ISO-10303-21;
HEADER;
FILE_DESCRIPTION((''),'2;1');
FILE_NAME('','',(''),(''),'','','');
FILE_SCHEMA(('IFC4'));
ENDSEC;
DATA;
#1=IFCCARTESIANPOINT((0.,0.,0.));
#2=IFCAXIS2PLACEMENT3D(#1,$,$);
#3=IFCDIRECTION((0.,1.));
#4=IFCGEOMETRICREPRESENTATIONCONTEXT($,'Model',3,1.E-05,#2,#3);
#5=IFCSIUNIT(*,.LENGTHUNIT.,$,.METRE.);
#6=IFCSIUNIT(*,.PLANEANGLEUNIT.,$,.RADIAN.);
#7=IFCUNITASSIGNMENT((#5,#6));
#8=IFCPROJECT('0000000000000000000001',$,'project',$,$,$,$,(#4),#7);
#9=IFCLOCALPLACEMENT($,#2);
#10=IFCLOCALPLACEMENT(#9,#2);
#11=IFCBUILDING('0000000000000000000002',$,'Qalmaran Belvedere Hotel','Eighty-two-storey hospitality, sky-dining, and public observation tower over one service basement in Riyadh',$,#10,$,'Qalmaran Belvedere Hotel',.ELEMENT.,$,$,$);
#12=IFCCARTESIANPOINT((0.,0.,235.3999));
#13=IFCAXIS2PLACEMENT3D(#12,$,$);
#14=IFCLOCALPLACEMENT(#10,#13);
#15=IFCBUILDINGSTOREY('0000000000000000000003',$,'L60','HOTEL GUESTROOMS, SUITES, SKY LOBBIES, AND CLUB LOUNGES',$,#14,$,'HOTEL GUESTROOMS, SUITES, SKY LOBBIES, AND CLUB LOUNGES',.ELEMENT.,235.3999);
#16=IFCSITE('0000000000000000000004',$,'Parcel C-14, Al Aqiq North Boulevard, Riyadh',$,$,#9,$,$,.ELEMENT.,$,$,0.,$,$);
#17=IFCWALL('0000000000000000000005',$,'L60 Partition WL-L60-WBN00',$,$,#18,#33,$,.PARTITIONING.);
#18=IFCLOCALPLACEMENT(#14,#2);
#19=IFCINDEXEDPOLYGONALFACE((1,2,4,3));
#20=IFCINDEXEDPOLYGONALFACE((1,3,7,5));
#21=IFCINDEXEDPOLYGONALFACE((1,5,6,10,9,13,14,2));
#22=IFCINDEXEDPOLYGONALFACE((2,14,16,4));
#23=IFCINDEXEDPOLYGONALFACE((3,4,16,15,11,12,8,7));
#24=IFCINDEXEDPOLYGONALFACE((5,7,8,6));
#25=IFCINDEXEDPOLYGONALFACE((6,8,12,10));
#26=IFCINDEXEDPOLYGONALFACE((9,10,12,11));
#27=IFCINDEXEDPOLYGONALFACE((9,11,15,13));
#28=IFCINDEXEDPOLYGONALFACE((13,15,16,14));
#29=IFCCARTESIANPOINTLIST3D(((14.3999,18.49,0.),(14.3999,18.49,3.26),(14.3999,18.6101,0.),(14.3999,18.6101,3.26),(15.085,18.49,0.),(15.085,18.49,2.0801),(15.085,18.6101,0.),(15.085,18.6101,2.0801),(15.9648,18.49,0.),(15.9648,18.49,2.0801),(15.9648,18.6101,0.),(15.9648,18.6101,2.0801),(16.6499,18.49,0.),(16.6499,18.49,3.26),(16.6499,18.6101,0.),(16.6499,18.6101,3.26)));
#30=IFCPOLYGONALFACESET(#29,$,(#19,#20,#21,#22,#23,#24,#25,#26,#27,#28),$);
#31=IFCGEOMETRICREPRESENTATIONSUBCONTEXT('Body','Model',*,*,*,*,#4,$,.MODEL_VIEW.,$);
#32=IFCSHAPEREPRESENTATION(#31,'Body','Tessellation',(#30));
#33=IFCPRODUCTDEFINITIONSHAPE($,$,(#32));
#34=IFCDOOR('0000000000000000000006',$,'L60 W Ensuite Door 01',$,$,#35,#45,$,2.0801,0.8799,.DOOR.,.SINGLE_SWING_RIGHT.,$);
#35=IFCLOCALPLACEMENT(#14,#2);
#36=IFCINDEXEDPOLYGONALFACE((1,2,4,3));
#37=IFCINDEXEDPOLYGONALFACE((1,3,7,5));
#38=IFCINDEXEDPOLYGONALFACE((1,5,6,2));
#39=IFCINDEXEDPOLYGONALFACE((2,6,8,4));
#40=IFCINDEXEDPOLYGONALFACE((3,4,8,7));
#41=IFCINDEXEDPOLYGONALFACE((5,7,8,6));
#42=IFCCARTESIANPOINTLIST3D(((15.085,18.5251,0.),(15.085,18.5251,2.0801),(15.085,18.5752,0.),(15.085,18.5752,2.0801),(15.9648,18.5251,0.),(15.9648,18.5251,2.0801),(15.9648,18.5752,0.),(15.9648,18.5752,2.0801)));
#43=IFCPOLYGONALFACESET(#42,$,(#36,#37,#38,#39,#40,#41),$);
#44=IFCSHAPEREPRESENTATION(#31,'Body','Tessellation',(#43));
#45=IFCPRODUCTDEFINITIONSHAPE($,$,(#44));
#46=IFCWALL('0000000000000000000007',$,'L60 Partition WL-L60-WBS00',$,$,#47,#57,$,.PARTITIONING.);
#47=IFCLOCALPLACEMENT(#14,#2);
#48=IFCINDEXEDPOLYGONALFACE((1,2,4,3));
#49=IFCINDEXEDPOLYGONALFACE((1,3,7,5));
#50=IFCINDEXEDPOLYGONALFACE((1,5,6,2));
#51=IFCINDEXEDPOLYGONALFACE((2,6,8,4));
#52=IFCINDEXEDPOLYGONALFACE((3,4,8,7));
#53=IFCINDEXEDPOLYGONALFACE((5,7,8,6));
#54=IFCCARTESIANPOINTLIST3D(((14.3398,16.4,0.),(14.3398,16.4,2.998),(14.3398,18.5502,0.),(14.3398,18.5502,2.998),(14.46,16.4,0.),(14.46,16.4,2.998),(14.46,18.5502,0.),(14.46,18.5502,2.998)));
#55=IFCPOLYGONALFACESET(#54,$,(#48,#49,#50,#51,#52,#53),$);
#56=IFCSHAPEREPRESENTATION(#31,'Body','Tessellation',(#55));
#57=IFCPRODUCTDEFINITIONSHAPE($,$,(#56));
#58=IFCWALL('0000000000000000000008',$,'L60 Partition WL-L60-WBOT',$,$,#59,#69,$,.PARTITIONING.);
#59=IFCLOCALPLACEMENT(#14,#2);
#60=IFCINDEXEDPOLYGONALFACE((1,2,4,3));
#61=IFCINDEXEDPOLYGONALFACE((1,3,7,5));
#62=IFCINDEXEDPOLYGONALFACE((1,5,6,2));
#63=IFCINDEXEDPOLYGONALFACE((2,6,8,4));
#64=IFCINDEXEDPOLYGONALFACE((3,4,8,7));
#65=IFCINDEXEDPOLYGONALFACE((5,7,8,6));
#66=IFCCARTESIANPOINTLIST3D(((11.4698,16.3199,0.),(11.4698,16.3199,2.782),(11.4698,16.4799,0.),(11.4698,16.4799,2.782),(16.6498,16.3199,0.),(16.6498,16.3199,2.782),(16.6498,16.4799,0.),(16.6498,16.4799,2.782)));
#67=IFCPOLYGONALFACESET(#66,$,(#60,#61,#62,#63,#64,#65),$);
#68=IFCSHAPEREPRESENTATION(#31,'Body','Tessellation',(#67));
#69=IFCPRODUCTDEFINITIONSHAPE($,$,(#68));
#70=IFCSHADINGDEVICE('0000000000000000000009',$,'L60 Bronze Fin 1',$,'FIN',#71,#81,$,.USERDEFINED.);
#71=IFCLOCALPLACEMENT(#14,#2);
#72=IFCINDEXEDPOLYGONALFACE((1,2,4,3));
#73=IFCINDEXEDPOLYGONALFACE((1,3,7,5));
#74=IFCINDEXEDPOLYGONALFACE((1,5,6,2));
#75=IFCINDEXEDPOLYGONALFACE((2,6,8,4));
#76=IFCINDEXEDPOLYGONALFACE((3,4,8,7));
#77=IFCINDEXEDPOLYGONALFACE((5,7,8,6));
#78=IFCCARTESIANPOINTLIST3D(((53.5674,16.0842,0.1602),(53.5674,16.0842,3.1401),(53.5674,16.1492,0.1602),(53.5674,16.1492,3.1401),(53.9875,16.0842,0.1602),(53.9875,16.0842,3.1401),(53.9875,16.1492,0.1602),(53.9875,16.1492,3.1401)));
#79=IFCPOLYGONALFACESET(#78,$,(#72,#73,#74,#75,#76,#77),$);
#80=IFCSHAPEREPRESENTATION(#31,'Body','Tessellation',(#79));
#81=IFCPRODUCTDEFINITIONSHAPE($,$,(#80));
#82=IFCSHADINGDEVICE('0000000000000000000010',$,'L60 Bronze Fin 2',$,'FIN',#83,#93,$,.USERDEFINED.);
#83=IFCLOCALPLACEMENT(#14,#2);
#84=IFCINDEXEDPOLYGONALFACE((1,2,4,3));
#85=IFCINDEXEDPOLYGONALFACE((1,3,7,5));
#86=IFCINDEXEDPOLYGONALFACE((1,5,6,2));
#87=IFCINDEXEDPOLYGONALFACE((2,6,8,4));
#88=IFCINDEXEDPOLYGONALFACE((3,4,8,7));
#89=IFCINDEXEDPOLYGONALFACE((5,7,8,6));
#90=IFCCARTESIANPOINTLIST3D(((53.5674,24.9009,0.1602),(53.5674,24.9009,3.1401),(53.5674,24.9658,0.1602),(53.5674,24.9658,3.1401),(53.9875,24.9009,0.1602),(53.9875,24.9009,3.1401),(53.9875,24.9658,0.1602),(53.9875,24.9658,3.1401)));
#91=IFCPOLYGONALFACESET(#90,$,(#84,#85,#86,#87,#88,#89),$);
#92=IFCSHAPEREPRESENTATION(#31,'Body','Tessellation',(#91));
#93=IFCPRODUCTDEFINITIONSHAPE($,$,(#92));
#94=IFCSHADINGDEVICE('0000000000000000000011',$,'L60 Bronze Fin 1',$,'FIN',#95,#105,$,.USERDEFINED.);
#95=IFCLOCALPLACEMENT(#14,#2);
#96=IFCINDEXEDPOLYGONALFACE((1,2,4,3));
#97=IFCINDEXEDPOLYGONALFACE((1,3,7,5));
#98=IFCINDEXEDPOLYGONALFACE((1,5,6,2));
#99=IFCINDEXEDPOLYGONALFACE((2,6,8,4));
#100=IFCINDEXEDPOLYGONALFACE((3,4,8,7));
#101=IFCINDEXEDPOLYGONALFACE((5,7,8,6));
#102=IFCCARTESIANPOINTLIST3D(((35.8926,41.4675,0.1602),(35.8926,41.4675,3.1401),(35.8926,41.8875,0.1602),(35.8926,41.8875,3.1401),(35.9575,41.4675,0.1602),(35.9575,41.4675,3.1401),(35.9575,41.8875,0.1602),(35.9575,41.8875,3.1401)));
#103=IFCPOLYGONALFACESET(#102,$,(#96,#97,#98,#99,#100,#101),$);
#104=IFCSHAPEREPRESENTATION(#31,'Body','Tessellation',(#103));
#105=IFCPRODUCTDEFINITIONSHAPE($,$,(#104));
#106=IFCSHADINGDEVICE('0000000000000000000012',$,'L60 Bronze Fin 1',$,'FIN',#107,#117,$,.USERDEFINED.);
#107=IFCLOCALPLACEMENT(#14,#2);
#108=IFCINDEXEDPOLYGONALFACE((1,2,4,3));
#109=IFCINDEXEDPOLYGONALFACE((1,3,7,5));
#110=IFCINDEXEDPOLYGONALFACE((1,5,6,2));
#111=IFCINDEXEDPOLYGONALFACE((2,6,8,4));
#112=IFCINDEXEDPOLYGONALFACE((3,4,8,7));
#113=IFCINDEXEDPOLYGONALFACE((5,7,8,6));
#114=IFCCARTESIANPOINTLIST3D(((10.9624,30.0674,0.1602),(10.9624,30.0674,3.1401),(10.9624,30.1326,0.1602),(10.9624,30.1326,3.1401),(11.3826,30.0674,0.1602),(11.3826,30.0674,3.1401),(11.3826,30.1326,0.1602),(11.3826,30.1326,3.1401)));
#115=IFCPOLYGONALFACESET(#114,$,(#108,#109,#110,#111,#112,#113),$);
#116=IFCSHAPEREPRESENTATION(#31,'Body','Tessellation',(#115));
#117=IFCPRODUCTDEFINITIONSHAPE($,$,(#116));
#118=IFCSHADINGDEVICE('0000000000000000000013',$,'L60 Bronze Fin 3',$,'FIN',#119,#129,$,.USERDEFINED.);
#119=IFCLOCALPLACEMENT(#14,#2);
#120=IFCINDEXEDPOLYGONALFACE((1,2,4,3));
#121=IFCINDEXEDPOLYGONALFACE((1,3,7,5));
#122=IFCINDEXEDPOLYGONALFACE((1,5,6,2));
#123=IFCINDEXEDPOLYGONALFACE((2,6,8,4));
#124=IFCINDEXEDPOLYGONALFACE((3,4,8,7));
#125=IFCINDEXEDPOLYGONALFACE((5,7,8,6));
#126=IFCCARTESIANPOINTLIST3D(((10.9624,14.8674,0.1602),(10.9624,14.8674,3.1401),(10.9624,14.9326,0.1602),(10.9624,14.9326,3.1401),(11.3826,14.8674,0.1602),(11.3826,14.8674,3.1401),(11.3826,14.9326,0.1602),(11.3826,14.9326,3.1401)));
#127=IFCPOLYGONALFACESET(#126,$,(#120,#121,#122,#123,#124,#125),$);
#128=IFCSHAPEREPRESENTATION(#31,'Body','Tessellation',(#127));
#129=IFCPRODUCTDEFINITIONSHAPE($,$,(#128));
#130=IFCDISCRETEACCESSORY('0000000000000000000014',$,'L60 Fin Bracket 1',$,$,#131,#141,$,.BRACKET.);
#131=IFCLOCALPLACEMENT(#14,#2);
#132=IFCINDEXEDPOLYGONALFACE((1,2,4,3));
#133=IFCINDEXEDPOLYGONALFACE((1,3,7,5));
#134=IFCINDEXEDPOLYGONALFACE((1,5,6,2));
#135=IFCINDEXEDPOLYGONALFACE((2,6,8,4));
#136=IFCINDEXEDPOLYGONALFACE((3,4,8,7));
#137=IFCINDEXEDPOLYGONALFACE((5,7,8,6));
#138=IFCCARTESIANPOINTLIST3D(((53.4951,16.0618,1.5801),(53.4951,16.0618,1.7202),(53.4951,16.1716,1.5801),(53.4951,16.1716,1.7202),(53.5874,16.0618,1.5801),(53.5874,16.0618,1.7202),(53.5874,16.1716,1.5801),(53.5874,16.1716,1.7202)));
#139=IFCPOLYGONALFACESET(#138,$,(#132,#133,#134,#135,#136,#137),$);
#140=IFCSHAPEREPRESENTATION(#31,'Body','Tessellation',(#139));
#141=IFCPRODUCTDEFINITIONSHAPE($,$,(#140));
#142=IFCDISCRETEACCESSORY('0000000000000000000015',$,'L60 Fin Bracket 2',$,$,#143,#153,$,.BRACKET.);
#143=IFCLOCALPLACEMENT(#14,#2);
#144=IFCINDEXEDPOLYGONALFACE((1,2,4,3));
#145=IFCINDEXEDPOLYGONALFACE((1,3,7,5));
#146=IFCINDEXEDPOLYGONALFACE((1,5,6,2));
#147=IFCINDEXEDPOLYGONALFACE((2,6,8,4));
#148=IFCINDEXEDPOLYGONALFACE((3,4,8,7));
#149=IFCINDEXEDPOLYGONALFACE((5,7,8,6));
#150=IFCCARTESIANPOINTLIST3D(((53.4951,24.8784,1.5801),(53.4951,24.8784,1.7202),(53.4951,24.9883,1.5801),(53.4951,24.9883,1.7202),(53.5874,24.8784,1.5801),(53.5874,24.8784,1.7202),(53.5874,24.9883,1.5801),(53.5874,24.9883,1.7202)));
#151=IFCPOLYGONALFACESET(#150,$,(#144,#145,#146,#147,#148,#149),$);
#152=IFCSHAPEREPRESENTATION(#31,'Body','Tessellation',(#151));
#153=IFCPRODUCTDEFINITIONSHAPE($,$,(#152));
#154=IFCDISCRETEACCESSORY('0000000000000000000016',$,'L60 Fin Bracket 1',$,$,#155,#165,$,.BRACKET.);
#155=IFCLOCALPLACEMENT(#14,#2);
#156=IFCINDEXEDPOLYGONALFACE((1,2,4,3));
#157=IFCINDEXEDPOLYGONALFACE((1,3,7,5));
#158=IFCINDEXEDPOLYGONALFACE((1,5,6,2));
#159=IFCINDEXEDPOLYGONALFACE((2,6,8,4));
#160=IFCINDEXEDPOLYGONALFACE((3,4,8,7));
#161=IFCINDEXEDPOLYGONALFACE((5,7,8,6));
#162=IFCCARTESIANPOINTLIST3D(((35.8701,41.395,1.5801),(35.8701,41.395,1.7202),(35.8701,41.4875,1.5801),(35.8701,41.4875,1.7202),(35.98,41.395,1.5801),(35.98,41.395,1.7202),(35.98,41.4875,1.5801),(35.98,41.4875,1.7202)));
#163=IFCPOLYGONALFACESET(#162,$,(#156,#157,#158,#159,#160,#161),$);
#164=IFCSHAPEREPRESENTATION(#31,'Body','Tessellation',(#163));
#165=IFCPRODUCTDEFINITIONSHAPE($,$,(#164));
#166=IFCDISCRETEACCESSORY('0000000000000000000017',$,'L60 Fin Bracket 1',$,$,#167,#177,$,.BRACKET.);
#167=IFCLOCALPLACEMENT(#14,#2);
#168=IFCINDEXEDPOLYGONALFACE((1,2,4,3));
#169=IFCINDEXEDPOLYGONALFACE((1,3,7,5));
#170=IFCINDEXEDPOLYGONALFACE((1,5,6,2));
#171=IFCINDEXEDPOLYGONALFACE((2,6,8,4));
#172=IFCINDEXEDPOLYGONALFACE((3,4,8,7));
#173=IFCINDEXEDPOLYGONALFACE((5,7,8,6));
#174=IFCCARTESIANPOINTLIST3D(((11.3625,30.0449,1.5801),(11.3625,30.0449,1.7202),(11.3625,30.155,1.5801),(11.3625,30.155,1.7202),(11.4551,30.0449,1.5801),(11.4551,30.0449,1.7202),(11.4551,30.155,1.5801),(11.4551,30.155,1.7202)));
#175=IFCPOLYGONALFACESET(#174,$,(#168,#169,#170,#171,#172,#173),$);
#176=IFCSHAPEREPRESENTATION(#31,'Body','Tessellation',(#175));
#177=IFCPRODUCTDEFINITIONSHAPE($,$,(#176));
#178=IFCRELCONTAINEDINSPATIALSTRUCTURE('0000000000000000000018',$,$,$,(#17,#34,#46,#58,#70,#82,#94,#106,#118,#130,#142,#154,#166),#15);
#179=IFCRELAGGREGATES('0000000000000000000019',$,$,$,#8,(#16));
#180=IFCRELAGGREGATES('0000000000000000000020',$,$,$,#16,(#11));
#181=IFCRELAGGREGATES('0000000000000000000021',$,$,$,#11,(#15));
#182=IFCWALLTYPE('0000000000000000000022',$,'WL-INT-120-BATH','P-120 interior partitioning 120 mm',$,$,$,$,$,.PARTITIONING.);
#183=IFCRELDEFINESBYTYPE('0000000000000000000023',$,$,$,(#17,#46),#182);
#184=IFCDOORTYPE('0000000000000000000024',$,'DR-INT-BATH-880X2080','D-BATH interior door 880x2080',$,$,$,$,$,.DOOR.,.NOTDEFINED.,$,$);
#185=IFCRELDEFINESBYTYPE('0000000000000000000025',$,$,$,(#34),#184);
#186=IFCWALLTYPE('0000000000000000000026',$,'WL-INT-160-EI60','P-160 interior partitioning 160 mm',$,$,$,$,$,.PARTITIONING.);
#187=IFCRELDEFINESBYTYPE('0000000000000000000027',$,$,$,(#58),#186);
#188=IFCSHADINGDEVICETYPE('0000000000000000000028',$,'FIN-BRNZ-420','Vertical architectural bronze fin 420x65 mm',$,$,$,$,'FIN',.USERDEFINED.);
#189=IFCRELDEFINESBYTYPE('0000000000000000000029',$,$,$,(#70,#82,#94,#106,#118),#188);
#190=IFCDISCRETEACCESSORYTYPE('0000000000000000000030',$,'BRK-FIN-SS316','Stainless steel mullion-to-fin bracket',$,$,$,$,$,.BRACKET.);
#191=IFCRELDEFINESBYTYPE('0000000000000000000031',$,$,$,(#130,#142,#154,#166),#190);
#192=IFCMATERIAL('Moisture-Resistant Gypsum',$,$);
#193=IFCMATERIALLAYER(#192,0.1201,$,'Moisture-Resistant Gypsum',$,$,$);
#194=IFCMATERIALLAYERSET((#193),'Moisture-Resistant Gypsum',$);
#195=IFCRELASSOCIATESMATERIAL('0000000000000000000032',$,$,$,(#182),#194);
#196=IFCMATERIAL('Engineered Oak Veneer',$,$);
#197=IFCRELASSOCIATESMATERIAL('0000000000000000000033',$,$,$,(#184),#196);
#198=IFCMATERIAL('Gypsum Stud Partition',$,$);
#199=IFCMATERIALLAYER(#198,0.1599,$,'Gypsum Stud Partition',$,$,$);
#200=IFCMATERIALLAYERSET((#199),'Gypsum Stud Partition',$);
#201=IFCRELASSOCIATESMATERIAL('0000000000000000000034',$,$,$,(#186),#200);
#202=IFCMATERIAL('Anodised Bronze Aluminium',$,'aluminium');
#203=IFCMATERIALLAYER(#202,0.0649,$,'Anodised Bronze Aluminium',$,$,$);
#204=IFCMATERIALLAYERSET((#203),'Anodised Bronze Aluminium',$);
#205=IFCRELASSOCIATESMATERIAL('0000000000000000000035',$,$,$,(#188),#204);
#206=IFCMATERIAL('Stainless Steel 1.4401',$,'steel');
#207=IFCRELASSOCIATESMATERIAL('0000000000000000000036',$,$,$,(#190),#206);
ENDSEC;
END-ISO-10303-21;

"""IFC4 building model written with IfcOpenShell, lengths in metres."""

from ifc_helpers import new_model, si_unit, direction, frame, frame_2d, origin, place, context, subcontext, project, spatial, polyline, rectangle, outline, extrude, material, layer, layer_set, type_object, element, fill, save


model = new_model("IFC4")

# Units and contexts
model_context = context("Model", 3, precision=1e-05, world=origin(), true_north=direction((0.0, 1.0)))
body_context = subcontext(model_context, "Body", "Model", "MODEL_VIEW")
ifc_project = project(units=[si_unit("LENGTHUNIT", "METRE"), si_unit("PLANEANGLEUNIT", "RADIAN")], contexts=[model_context])

# Site, building, storey
site_placement = place(None, origin())
site = spatial("IfcSite", under=ifc_project, at=site_placement, Name="Parcel C-14, Al Aqiq North Boulevard, Riyadh", CompositionType="ELEMENT", RefElevation=0.0)
building_placement = place(site_placement, origin())
building = spatial("IfcBuilding", under=site, at=building_placement, Name="Qalmaran Belvedere Hotel", Description="Eighty-two-storey hospitality, sky-dining, and public observation tower over one service basement in Riyadh", LongName="Qalmaran Belvedere Hotel", CompositionType="ELEMENT")
storey_placement = place(building_placement, frame((0.0, 0.0, 235.3999)))
storey = spatial("IfcBuildingStorey", under=building, at=storey_placement, Name="L60", Description="HOTEL GUESTROOMS, SUITES, SKY LOBBIES, AND CLUB LOUNGES", LongName="HOTEL GUESTROOMS, SUITES, SKY LOBBIES, AND CLUB LOUNGES", CompositionType="ELEMENT", Elevation=235.3999)

# Shared definitions
ifc_material_1 = material(Name="Anodised Bronze Aluminium", Category="aluminium")

# Wall, opening, door
ifc_material_2 = material(Name="Moisture-Resistant Gypsum")
ifc_layer_1 = layer(ifc_material_2, 0.1201, Name="Moisture-Resistant Gypsum")
ifc_layer_set_1 = layer_set([ifc_layer_1], Name="Moisture-Resistant Gypsum")
wall_type_1 = type_object("IfcWallType", Name="WL-INT-120-BATH", Description="P-120 interior partitioning 120 mm", PredefinedType="PARTITIONING", material=ifc_layer_set_1)
wall_1_placement = place(storey_placement, frame((14.3999, 18.55, 0.0), z_axis=(0.0, 0.0, 1.0), x_axis=(1.0, 0.0, 0.0)))
wall_1 = element("IfcWall", 1, at=wall_1_placement, inside=storey, type_object=wall_type_1, Name="L60 Partition WL-L60-WBN00", PredefinedType="PARTITIONING", context=body_context, shape_type="SweptSolid", body=[
    extrude(rectangle(XDim=2.25, YDim=0.1201, at=frame_2d((1.125, 0.0))), origin(), (0.0, 0.0, 1.0), 3.26),
])
opening_1_placement = place(wall_1_placement, frame((1.5649, 0.0, 0.0), z_axis=(0.0, 0.0, 1.0), x_axis=(-1.0, 0.0, 0.0)))
opening_1 = element("IfcOpeningElement", 2, at=opening_1_placement, cuts=wall_1, PredefinedType="OPENING", context=body_context, shape_type="SweptSolid", body=[
    extrude(rectangle(XDim=0.8799, YDim=2.0801, at=frame_2d((0.4399, 1.04))), frame((0.0, 0.0701, 0.0), z_axis=(0.0, -1.0, 0.0), x_axis=(1.0, 0.0, 0.0)), (0.0, 0.0, 1.0), 0.1401),
])
ifc_material_3 = material(Name="Engineered Oak Veneer")
door_type = type_object("IfcDoorType", Name="DR-INT-BATH-880X2080", Description="D-BATH interior door 880x2080", OperationType="NOTDEFINED", PredefinedType="DOOR", material=ifc_material_3)
door_placement = place(opening_1_placement, origin())
door = element("IfcDoor", 3, at=door_placement, inside=storey, type_object=door_type, Name="L60 W Ensuite Door 01", OperationType="SINGLE_SWING_RIGHT", OverallHeight=2.0801, OverallWidth=0.8799, PredefinedType="DOOR", context=body_context, shape_type="SweptSolid", body=[
    extrude(rectangle(XDim=0.8799, YDim=2.0801, at=frame_2d((0.4399, 1.04))), frame((0.0, 0.0249, 0.0), z_axis=(0.0, -1.0, 0.0), x_axis=(1.0, 0.0, 0.0)), (0.0, 0.0, 1.0), 0.05),
])
fill(opening_1, door)

# Walls
wall_2_placement = place(storey_placement, frame((14.3999, 16.3999, 0.0), z_axis=(0.0, 0.0, 1.0), x_axis=(0.0, 1.0, 0.0)))
element("IfcWall", 4, at=wall_2_placement, inside=storey, type_object=wall_type_1, Name="L60 Partition WL-L60-WBS00", PredefinedType="PARTITIONING", context=body_context, shape_type="SweptSolid", body=[
    extrude(rectangle(XDim=2.1501, YDim=0.1201, at=frame_2d((1.0752, 0.0))), origin(), (0.0, 0.0, 1.0), 2.998),
])
ifc_material_4 = material(Name="Gypsum Stud Partition")
ifc_layer_2 = layer(ifc_material_4, 0.1599, Name="Gypsum Stud Partition")
ifc_layer_set_2 = layer_set([ifc_layer_2], Name="Gypsum Stud Partition")
wall_type_2 = type_object("IfcWallType", Name="WL-INT-160-EI60", Description="P-160 interior partitioning 160 mm", PredefinedType="PARTITIONING", material=ifc_layer_set_2)
wall_3_placement = place(storey_placement, frame((11.47, 16.3999, 0.0), z_axis=(0.0, 0.0, 1.0), x_axis=(1.0, 0.0, 0.0)))
element("IfcWall", 5, at=wall_3_placement, inside=storey, type_object=wall_type_2, Name="L60 Partition WL-L60-WBOT", PredefinedType="PARTITIONING", context=body_context, shape_type="SweptSolid", body=[
    extrude(rectangle(XDim=5.1799, YDim=0.1599, at=frame_2d((2.5898, 0.0))), origin(), (0.0, 0.0, 1.0), 2.782),
])

# Shading devices
ifc_layer_3 = layer(ifc_material_1, 0.0649, Name="Anodised Bronze Aluminium")
ifc_layer_set_3 = layer_set([ifc_layer_3], Name="Anodised Bronze Aluminium")
shading_device_type = type_object("IfcShadingDeviceType", Name="FIN-BRNZ-420", Description="Vertical architectural bronze fin 420x65 mm", ElementType="FIN", PredefinedType="USERDEFINED", material=ifc_layer_set_3)
shading_device_1_placement = place(storey_placement, frame((0.0, 0.0, 0.1602)))
element("IfcShadingDevice", 6, at=shading_device_1_placement, inside=storey, type_object=shading_device_type, Name="L60 Bronze Fin 1", ObjectType="FIN", PredefinedType="USERDEFINED", context=body_context, shape_type="SweptSolid", body=[
    extrude(outline(polyline([(53.5674, 16.0842), (53.9875, 16.0842), (53.9875, 16.1492), (53.5674, 16.1492), (53.5674, 16.0842)])), origin(), (0.0, 0.0, 1.0), 2.98),
])
shading_device_2_placement = place(storey_placement, frame((0.0, 0.0, 0.1602)))
element("IfcShadingDevice", 7, at=shading_device_2_placement, inside=storey, type_object=shading_device_type, Name="L60 Bronze Fin 2", ObjectType="FIN", PredefinedType="USERDEFINED", context=body_context, shape_type="SweptSolid", body=[
    extrude(outline(polyline([(53.5674, 24.9009), (53.9875, 24.9009), (53.9875, 24.9658), (53.5674, 24.9658), (53.5674, 24.9009)])), origin(), (0.0, 0.0, 1.0), 2.98),
])
shading_device_3_placement = place(storey_placement, frame((0.0, 0.0, 0.1602)))
element("IfcShadingDevice", 8, at=shading_device_3_placement, inside=storey, type_object=shading_device_type, Name="L60 Bronze Fin 1", ObjectType="FIN", PredefinedType="USERDEFINED", context=body_context, shape_type="SweptSolid", body=[
    extrude(outline(polyline([(35.9575, 41.4675), (35.9575, 41.8875), (35.8926, 41.8875), (35.8926, 41.4675), (35.9575, 41.4675)])), origin(), (0.0, 0.0, 1.0), 2.98),
])
shading_device_4_placement = place(storey_placement, frame((0.0, 0.0, 0.1602)))
element("IfcShadingDevice", 9, at=shading_device_4_placement, inside=storey, type_object=shading_device_type, Name="L60 Bronze Fin 1", ObjectType="FIN", PredefinedType="USERDEFINED", context=body_context, shape_type="SweptSolid", body=[
    extrude(outline(polyline([(11.3826, 30.1326), (10.9624, 30.1326), (10.9624, 30.0674), (11.3826, 30.0674), (11.3826, 30.1326)])), origin(), (0.0, 0.0, 1.0), 2.98),
])
shading_device_5_placement = place(storey_placement, frame((0.0, 0.0, 0.1602)))
element("IfcShadingDevice", 10, at=shading_device_5_placement, inside=storey, type_object=shading_device_type, Name="L60 Bronze Fin 3", ObjectType="FIN", PredefinedType="USERDEFINED", context=body_context, shape_type="SweptSolid", body=[
    extrude(outline(polyline([(11.3826, 14.9326), (10.9624, 14.9326), (10.9624, 14.8674), (11.3826, 14.8674), (11.3826, 14.9326)])), origin(), (0.0, 0.0, 1.0), 2.98),
])

# Discrete accessories
ifc_material_5 = material(Name="Stainless Steel 1.4401", Category="steel")
discrete_accessory_type_1 = type_object("IfcDiscreteAccessoryType", Name="BRK-FIN-SS316", Description="Stainless steel mullion-to-fin bracket", PredefinedType="BRACKET", material=ifc_material_5)
discrete_accessory_1_placement = place(storey_placement, frame((0.0, 0.0, 1.5801)))
element("IfcDiscreteAccessory", 11, at=discrete_accessory_1_placement, inside=storey, type_object=discrete_accessory_type_1, Name="L60 Fin Bracket 1", PredefinedType="BRACKET", context=body_context, shape_type="SweptSolid", body=[
    extrude(outline(polyline([(53.4951, 16.0618), (53.5874, 16.0618), (53.5874, 16.1716), (53.4951, 16.1716), (53.4951, 16.0618)])), origin(), (0.0, 0.0, 1.0), 0.1401),
])
discrete_accessory_2_placement = place(storey_placement, frame((0.0, 0.0, 1.5801)))
element("IfcDiscreteAccessory", 12, at=discrete_accessory_2_placement, inside=storey, type_object=discrete_accessory_type_1, Name="L60 Fin Bracket 2", PredefinedType="BRACKET", context=body_context, shape_type="SweptSolid", body=[
    extrude(outline(polyline([(53.4951, 24.8784), (53.5874, 24.8784), (53.5874, 24.9883), (53.4951, 24.9883), (53.4951, 24.8784)])), origin(), (0.0, 0.0, 1.0), 0.1401),
])
discrete_accessory_3_placement = place(storey_placement, frame((0.0, 0.0, 1.5801)))
element("IfcDiscreteAccessory", 13, at=discrete_accessory_3_placement, inside=storey, type_object=discrete_accessory_type_1, Name="L60 Fin Bracket 1", PredefinedType="BRACKET", context=body_context, shape_type="SweptSolid", body=[
    extrude(outline(polyline([(35.98, 41.395), (35.98, 41.4875), (35.8701, 41.4875), (35.8701, 41.395), (35.98, 41.395)])), origin(), (0.0, 0.0, 1.0), 0.1401),
])
discrete_accessory_4_placement = place(storey_placement, frame((0.0, 0.0, 1.5801)))
element("IfcDiscreteAccessory", 14, at=discrete_accessory_4_placement, inside=storey, type_object=discrete_accessory_type_1, Name="L60 Fin Bracket 1", PredefinedType="BRACKET", context=body_context, shape_type="SweptSolid", body=[
    extrude(outline(polyline([(11.4551, 30.155), (11.3625, 30.155), (11.3625, 30.0449), (11.4551, 30.0449), (11.4551, 30.155)])), origin(), (0.0, 0.0, 1.0), 0.1401),
])

save(model, "model.ifc")
